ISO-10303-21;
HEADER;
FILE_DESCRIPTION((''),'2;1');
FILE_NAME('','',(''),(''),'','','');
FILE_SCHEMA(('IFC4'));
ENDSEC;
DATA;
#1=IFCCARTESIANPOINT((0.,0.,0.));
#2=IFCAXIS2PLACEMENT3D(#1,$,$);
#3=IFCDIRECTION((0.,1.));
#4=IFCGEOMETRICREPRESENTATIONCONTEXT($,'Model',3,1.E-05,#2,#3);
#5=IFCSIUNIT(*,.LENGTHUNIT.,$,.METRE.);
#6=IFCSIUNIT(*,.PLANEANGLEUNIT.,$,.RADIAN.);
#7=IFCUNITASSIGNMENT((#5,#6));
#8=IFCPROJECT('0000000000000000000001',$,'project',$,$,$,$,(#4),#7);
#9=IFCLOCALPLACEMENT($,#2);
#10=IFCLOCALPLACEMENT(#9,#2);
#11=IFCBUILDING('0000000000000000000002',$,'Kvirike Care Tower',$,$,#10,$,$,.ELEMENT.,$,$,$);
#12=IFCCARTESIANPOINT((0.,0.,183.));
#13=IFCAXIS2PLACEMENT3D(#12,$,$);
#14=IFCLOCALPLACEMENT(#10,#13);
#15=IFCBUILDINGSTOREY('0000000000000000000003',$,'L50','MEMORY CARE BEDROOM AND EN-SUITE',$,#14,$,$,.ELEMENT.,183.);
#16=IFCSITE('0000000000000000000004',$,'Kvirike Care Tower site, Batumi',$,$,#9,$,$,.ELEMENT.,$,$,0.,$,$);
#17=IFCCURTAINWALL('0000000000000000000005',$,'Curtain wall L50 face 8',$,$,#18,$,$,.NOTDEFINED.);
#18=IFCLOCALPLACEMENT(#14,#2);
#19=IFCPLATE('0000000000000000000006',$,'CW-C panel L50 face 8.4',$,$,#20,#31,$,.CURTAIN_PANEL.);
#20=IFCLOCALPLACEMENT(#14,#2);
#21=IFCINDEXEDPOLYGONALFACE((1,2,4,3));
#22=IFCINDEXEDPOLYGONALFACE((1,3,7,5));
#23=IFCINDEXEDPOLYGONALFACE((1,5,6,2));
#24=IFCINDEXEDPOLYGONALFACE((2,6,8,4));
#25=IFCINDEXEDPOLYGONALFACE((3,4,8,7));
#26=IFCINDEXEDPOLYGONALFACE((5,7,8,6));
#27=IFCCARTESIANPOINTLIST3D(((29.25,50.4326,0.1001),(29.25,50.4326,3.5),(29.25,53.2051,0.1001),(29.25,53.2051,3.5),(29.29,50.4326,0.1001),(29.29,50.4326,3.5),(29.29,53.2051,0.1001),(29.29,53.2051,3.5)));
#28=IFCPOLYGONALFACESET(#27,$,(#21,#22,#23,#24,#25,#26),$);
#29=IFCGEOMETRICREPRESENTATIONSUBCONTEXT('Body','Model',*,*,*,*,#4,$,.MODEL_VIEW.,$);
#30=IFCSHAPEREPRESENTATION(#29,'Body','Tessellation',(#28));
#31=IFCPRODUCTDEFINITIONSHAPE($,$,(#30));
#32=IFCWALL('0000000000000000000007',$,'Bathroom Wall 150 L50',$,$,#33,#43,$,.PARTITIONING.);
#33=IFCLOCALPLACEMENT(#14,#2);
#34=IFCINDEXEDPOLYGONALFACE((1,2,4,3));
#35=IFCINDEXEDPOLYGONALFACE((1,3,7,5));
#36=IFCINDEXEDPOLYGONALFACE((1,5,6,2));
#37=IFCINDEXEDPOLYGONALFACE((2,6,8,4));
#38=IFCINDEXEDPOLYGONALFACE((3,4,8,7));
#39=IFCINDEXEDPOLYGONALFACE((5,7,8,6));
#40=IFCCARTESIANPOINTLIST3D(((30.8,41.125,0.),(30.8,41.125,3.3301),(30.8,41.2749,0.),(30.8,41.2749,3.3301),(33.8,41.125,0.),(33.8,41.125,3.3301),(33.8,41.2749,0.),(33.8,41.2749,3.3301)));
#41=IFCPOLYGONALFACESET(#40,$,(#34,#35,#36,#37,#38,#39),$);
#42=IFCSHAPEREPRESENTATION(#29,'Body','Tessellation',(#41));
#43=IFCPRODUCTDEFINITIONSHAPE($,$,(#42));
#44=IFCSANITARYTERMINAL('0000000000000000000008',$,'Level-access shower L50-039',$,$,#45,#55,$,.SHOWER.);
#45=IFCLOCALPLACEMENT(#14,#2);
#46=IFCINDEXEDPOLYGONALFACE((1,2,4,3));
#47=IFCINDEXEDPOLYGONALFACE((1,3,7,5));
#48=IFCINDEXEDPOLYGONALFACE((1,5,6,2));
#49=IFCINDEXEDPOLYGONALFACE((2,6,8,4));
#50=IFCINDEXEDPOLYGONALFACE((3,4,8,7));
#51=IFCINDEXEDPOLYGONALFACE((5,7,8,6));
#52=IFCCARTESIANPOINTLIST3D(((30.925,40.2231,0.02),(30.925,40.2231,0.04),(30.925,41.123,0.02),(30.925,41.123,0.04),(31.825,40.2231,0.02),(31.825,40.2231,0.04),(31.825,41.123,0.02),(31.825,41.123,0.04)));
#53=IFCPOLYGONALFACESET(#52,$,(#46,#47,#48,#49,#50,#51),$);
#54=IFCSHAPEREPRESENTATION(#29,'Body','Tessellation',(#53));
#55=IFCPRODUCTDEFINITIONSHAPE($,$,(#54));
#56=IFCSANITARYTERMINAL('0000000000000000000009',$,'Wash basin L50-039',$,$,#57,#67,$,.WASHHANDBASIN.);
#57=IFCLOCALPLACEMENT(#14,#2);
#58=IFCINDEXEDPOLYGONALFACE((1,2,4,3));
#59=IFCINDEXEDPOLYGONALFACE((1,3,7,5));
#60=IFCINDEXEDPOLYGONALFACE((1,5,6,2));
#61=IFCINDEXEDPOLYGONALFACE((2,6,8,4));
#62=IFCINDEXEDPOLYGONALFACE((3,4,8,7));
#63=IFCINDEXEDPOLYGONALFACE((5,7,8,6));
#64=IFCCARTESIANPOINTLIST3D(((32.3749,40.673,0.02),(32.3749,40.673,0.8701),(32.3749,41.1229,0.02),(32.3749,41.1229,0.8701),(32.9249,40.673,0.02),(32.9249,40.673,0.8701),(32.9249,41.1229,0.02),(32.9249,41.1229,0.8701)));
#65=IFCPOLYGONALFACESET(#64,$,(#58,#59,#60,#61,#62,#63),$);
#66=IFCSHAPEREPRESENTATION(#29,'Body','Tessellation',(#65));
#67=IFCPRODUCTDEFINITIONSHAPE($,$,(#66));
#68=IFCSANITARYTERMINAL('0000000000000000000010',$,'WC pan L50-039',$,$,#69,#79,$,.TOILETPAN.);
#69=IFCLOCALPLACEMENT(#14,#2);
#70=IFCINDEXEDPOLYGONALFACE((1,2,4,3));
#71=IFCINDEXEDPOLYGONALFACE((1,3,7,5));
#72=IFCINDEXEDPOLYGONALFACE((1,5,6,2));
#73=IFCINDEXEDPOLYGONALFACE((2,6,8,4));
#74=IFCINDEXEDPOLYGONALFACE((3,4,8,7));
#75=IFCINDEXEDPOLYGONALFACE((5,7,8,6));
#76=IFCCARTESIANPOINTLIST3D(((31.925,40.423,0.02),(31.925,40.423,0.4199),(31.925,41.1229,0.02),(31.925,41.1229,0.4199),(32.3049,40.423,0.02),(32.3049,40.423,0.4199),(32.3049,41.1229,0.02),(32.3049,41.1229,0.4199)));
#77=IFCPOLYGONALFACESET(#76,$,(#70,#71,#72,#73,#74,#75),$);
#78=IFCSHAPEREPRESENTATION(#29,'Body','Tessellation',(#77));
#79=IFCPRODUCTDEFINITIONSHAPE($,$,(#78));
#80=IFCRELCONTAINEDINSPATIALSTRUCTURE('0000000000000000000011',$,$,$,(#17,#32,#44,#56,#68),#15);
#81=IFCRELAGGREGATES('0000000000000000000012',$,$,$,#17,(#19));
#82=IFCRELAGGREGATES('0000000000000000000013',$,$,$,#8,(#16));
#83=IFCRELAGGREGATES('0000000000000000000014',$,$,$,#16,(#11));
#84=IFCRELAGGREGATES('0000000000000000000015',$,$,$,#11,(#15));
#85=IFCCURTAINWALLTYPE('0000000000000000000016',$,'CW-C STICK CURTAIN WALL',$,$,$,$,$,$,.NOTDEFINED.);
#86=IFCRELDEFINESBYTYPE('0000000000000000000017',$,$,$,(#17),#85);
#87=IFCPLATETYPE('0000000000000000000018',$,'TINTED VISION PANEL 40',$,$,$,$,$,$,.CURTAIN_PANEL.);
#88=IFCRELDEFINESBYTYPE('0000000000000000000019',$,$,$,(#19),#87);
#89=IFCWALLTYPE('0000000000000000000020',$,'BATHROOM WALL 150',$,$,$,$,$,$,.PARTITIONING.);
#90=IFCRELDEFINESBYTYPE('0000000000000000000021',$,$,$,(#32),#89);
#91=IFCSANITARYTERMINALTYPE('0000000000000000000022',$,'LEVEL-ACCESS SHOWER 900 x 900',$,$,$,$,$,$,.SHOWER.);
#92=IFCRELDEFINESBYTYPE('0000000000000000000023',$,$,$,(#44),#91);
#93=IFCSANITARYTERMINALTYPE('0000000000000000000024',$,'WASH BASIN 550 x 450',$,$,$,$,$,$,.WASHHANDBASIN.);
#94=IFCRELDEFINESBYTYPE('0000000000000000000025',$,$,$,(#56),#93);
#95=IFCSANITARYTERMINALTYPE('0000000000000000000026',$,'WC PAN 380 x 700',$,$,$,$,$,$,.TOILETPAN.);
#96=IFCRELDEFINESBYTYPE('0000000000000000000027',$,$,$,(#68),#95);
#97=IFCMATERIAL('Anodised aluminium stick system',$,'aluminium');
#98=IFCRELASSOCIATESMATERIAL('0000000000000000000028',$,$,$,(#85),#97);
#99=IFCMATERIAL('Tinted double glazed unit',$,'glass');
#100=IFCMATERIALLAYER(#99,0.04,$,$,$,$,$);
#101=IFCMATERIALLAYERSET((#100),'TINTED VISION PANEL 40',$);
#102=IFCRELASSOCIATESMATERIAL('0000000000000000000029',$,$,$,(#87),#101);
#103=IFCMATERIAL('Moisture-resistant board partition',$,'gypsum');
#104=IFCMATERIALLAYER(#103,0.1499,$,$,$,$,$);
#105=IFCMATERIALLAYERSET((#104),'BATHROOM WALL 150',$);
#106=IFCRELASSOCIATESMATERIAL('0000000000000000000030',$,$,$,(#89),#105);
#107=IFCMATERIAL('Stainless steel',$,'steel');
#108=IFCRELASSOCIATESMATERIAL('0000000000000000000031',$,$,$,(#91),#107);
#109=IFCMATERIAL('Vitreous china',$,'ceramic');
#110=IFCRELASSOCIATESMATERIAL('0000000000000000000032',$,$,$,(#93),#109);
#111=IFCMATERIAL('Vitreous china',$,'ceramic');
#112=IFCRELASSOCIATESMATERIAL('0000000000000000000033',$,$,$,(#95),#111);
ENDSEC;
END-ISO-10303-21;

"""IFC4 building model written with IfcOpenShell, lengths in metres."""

from ifc_helpers import new_model, si_unit, direction, frame, frame_2d, origin, origin_2d, place, context, subcontext, project, spatial, rectangle, extrude, material, layer, layer_set, type_object, element, aggregate, save


model = new_model("IFC4")

# Units and contexts
model_context = context("Model", 3, precision=1e-05, world=origin(), true_north=direction((0.0, 1.0)))
body_context = subcontext(model_context, "Body", "Model", "MODEL_VIEW")
ifc_project = project(units=[si_unit("LENGTHUNIT", "METRE"), si_unit("PLANEANGLEUNIT", "RADIAN")], contexts=[model_context])

# Site, building, storey
site_placement = place(None, origin())
site = spatial("IfcSite", under=ifc_project, at=site_placement, Name="Kvirike Care Tower site, Batumi", CompositionType="ELEMENT", RefElevation=0.0)
building_placement = place(site_placement, origin())
building = spatial("IfcBuilding", under=site, at=building_placement, Name="Kvirike Care Tower", CompositionType="ELEMENT")
storey_placement = place(building_placement, frame((0.0, 0.0, 183.0)))
storey = spatial("IfcBuildingStorey", under=building, at=storey_placement, Name="L50", Description="MEMORY CARE BEDROOM AND EN-SUITE", CompositionType="ELEMENT", Elevation=183.0)

# Curtain wall
ifc_material_1 = material(Name="Anodised aluminium stick system", Category="aluminium")
curtain_wall_type = type_object("IfcCurtainWallType", Name="CW-C STICK CURTAIN WALL", PredefinedType="NOTDEFINED", material=ifc_material_1)
curtain_wall_1_placement = place(storey_placement, origin())
curtain_wall_1 = element("IfcCurtainWall", 1, at=curtain_wall_1_placement, inside=storey, type_object=curtain_wall_type, Name="Curtain wall L50 face 8", PredefinedType="NOTDEFINED")

# Plate
ifc_material_2 = material(Name="Tinted double glazed unit", Category="glass")
ifc_layer_1 = layer(ifc_material_2, 0.04)
ifc_layer_set_1 = layer_set([ifc_layer_1], Name="TINTED VISION PANEL 40")
plate_type = type_object("IfcPlateType", Name="TINTED VISION PANEL 40", PredefinedType="CURTAIN_PANEL", material=ifc_layer_set_1)
plate_1_placement = place(storey_placement, frame((29.27, 51.8188, 0.1001), z_axis=(0.0, 0.0, 1.0), x_axis=(0.0, 1.0, 0.0)))
plate_1 = element("IfcPlate", 2, at=plate_1_placement, type_object=plate_type, Name="CW-C panel L50 face 8.4", PredefinedType="CURTAIN_PANEL", context=body_context, shape_type="SweptSolid", body=[
    extrude(rectangle(XDim=2.7725, YDim=0.04, at=origin_2d()), origin(), (0.0, 0.0, 1.0), 3.3999),
])
aggregate(curtain_wall_1, [plate_1])

# Wall
ifc_material_3 = material(Name="Moisture-resistant board partition", Category="gypsum")
ifc_layer_2 = layer(ifc_material_3, 0.1499)
ifc_layer_set_2 = layer_set([ifc_layer_2], Name="BATHROOM WALL 150")
wall_type = type_object("IfcWallType", Name="BATHROOM WALL 150", PredefinedType="PARTITIONING", material=ifc_layer_set_2)
wall_placement = place(storey_placement, frame((33.8, 41.2, 0.0), z_axis=(0.0, 0.0, 1.0), x_axis=(-1.0, 0.0, 0.0)))
element("IfcWall", 3, at=wall_placement, inside=storey, type_object=wall_type, Name="Bathroom Wall 150 L50", PredefinedType="PARTITIONING", context=body_context, shape_type="SweptSolid", body=[
    extrude(rectangle(XDim=3.0, YDim=0.1499, at=frame_2d((1.5, 0.0))), origin(), (0.0, 0.0, 1.0), 3.3301),
])

# Sanitary terminals
ifc_material_4 = material(Name="Stainless steel", Category="steel")
sanitary_terminal_type_1 = type_object("IfcSanitaryTerminalType", Name="LEVEL-ACCESS SHOWER 900 x 900", PredefinedType="SHOWER", material=ifc_material_4)
sanitary_terminal_1_placement = place(storey_placement, frame((31.375, 40.6731, 0.02), z_axis=(0.0, 0.0, 1.0), x_axis=(1.0, 0.0, 0.0)))
element("IfcSanitaryTerminal", 4, at=sanitary_terminal_1_placement, inside=storey, type_object=sanitary_terminal_type_1, Name="Level-access shower L50-039", PredefinedType="SHOWER", context=body_context, shape_type="SweptSolid", body=[
    extrude(rectangle(XDim=0.8999, YDim=0.8999, at=origin_2d()), origin(), (0.0, 0.0, 1.0), 0.02),
])
ifc_material_5 = material(Name="Vitreous china", Category="ceramic")
sanitary_terminal_type_2 = type_object("IfcSanitaryTerminalType", Name="WASH BASIN 550 x 450", PredefinedType="WASHHANDBASIN", material=ifc_material_5)
sanitary_terminal_2_placement = place(storey_placement, frame((32.6499, 40.8979, 0.02), z_axis=(0.0, 0.0, 1.0), x_axis=(1.0, 0.0, 0.0)))
element("IfcSanitaryTerminal", 5, at=sanitary_terminal_2_placement, inside=storey, type_object=sanitary_terminal_type_2, Name="Wash basin L50-039", PredefinedType="WASHHANDBASIN", context=body_context, shape_type="SweptSolid", body=[
    extrude(rectangle(XDim=0.55, YDim=0.45, at=origin_2d()), origin(), (0.0, 0.0, 1.0), 0.8501),
])
ifc_material_6 = material(Name="Vitreous china", Category="ceramic")
sanitary_terminal_type_3 = type_object("IfcSanitaryTerminalType", Name="WC PAN 380 x 700", PredefinedType="TOILETPAN", material=ifc_material_6)
sanitary_terminal_3_placement = place(storey_placement, frame((32.115, 40.7729, 0.02), z_axis=(0.0, 0.0, 1.0), x_axis=(1.0, 0.0, 0.0)))
element("IfcSanitaryTerminal", 6, at=sanitary_terminal_3_placement, inside=storey, type_object=sanitary_terminal_type_3, Name="WC pan L50-039", PredefinedType="TOILETPAN", context=body_context, shape_type="SweptSolid", body=[
    extrude(rectangle(XDim=0.3799, YDim=0.7, at=origin_2d()), origin(), (0.0, 0.0, 1.0), 0.3999),
])

save(model, "model.ifc")
